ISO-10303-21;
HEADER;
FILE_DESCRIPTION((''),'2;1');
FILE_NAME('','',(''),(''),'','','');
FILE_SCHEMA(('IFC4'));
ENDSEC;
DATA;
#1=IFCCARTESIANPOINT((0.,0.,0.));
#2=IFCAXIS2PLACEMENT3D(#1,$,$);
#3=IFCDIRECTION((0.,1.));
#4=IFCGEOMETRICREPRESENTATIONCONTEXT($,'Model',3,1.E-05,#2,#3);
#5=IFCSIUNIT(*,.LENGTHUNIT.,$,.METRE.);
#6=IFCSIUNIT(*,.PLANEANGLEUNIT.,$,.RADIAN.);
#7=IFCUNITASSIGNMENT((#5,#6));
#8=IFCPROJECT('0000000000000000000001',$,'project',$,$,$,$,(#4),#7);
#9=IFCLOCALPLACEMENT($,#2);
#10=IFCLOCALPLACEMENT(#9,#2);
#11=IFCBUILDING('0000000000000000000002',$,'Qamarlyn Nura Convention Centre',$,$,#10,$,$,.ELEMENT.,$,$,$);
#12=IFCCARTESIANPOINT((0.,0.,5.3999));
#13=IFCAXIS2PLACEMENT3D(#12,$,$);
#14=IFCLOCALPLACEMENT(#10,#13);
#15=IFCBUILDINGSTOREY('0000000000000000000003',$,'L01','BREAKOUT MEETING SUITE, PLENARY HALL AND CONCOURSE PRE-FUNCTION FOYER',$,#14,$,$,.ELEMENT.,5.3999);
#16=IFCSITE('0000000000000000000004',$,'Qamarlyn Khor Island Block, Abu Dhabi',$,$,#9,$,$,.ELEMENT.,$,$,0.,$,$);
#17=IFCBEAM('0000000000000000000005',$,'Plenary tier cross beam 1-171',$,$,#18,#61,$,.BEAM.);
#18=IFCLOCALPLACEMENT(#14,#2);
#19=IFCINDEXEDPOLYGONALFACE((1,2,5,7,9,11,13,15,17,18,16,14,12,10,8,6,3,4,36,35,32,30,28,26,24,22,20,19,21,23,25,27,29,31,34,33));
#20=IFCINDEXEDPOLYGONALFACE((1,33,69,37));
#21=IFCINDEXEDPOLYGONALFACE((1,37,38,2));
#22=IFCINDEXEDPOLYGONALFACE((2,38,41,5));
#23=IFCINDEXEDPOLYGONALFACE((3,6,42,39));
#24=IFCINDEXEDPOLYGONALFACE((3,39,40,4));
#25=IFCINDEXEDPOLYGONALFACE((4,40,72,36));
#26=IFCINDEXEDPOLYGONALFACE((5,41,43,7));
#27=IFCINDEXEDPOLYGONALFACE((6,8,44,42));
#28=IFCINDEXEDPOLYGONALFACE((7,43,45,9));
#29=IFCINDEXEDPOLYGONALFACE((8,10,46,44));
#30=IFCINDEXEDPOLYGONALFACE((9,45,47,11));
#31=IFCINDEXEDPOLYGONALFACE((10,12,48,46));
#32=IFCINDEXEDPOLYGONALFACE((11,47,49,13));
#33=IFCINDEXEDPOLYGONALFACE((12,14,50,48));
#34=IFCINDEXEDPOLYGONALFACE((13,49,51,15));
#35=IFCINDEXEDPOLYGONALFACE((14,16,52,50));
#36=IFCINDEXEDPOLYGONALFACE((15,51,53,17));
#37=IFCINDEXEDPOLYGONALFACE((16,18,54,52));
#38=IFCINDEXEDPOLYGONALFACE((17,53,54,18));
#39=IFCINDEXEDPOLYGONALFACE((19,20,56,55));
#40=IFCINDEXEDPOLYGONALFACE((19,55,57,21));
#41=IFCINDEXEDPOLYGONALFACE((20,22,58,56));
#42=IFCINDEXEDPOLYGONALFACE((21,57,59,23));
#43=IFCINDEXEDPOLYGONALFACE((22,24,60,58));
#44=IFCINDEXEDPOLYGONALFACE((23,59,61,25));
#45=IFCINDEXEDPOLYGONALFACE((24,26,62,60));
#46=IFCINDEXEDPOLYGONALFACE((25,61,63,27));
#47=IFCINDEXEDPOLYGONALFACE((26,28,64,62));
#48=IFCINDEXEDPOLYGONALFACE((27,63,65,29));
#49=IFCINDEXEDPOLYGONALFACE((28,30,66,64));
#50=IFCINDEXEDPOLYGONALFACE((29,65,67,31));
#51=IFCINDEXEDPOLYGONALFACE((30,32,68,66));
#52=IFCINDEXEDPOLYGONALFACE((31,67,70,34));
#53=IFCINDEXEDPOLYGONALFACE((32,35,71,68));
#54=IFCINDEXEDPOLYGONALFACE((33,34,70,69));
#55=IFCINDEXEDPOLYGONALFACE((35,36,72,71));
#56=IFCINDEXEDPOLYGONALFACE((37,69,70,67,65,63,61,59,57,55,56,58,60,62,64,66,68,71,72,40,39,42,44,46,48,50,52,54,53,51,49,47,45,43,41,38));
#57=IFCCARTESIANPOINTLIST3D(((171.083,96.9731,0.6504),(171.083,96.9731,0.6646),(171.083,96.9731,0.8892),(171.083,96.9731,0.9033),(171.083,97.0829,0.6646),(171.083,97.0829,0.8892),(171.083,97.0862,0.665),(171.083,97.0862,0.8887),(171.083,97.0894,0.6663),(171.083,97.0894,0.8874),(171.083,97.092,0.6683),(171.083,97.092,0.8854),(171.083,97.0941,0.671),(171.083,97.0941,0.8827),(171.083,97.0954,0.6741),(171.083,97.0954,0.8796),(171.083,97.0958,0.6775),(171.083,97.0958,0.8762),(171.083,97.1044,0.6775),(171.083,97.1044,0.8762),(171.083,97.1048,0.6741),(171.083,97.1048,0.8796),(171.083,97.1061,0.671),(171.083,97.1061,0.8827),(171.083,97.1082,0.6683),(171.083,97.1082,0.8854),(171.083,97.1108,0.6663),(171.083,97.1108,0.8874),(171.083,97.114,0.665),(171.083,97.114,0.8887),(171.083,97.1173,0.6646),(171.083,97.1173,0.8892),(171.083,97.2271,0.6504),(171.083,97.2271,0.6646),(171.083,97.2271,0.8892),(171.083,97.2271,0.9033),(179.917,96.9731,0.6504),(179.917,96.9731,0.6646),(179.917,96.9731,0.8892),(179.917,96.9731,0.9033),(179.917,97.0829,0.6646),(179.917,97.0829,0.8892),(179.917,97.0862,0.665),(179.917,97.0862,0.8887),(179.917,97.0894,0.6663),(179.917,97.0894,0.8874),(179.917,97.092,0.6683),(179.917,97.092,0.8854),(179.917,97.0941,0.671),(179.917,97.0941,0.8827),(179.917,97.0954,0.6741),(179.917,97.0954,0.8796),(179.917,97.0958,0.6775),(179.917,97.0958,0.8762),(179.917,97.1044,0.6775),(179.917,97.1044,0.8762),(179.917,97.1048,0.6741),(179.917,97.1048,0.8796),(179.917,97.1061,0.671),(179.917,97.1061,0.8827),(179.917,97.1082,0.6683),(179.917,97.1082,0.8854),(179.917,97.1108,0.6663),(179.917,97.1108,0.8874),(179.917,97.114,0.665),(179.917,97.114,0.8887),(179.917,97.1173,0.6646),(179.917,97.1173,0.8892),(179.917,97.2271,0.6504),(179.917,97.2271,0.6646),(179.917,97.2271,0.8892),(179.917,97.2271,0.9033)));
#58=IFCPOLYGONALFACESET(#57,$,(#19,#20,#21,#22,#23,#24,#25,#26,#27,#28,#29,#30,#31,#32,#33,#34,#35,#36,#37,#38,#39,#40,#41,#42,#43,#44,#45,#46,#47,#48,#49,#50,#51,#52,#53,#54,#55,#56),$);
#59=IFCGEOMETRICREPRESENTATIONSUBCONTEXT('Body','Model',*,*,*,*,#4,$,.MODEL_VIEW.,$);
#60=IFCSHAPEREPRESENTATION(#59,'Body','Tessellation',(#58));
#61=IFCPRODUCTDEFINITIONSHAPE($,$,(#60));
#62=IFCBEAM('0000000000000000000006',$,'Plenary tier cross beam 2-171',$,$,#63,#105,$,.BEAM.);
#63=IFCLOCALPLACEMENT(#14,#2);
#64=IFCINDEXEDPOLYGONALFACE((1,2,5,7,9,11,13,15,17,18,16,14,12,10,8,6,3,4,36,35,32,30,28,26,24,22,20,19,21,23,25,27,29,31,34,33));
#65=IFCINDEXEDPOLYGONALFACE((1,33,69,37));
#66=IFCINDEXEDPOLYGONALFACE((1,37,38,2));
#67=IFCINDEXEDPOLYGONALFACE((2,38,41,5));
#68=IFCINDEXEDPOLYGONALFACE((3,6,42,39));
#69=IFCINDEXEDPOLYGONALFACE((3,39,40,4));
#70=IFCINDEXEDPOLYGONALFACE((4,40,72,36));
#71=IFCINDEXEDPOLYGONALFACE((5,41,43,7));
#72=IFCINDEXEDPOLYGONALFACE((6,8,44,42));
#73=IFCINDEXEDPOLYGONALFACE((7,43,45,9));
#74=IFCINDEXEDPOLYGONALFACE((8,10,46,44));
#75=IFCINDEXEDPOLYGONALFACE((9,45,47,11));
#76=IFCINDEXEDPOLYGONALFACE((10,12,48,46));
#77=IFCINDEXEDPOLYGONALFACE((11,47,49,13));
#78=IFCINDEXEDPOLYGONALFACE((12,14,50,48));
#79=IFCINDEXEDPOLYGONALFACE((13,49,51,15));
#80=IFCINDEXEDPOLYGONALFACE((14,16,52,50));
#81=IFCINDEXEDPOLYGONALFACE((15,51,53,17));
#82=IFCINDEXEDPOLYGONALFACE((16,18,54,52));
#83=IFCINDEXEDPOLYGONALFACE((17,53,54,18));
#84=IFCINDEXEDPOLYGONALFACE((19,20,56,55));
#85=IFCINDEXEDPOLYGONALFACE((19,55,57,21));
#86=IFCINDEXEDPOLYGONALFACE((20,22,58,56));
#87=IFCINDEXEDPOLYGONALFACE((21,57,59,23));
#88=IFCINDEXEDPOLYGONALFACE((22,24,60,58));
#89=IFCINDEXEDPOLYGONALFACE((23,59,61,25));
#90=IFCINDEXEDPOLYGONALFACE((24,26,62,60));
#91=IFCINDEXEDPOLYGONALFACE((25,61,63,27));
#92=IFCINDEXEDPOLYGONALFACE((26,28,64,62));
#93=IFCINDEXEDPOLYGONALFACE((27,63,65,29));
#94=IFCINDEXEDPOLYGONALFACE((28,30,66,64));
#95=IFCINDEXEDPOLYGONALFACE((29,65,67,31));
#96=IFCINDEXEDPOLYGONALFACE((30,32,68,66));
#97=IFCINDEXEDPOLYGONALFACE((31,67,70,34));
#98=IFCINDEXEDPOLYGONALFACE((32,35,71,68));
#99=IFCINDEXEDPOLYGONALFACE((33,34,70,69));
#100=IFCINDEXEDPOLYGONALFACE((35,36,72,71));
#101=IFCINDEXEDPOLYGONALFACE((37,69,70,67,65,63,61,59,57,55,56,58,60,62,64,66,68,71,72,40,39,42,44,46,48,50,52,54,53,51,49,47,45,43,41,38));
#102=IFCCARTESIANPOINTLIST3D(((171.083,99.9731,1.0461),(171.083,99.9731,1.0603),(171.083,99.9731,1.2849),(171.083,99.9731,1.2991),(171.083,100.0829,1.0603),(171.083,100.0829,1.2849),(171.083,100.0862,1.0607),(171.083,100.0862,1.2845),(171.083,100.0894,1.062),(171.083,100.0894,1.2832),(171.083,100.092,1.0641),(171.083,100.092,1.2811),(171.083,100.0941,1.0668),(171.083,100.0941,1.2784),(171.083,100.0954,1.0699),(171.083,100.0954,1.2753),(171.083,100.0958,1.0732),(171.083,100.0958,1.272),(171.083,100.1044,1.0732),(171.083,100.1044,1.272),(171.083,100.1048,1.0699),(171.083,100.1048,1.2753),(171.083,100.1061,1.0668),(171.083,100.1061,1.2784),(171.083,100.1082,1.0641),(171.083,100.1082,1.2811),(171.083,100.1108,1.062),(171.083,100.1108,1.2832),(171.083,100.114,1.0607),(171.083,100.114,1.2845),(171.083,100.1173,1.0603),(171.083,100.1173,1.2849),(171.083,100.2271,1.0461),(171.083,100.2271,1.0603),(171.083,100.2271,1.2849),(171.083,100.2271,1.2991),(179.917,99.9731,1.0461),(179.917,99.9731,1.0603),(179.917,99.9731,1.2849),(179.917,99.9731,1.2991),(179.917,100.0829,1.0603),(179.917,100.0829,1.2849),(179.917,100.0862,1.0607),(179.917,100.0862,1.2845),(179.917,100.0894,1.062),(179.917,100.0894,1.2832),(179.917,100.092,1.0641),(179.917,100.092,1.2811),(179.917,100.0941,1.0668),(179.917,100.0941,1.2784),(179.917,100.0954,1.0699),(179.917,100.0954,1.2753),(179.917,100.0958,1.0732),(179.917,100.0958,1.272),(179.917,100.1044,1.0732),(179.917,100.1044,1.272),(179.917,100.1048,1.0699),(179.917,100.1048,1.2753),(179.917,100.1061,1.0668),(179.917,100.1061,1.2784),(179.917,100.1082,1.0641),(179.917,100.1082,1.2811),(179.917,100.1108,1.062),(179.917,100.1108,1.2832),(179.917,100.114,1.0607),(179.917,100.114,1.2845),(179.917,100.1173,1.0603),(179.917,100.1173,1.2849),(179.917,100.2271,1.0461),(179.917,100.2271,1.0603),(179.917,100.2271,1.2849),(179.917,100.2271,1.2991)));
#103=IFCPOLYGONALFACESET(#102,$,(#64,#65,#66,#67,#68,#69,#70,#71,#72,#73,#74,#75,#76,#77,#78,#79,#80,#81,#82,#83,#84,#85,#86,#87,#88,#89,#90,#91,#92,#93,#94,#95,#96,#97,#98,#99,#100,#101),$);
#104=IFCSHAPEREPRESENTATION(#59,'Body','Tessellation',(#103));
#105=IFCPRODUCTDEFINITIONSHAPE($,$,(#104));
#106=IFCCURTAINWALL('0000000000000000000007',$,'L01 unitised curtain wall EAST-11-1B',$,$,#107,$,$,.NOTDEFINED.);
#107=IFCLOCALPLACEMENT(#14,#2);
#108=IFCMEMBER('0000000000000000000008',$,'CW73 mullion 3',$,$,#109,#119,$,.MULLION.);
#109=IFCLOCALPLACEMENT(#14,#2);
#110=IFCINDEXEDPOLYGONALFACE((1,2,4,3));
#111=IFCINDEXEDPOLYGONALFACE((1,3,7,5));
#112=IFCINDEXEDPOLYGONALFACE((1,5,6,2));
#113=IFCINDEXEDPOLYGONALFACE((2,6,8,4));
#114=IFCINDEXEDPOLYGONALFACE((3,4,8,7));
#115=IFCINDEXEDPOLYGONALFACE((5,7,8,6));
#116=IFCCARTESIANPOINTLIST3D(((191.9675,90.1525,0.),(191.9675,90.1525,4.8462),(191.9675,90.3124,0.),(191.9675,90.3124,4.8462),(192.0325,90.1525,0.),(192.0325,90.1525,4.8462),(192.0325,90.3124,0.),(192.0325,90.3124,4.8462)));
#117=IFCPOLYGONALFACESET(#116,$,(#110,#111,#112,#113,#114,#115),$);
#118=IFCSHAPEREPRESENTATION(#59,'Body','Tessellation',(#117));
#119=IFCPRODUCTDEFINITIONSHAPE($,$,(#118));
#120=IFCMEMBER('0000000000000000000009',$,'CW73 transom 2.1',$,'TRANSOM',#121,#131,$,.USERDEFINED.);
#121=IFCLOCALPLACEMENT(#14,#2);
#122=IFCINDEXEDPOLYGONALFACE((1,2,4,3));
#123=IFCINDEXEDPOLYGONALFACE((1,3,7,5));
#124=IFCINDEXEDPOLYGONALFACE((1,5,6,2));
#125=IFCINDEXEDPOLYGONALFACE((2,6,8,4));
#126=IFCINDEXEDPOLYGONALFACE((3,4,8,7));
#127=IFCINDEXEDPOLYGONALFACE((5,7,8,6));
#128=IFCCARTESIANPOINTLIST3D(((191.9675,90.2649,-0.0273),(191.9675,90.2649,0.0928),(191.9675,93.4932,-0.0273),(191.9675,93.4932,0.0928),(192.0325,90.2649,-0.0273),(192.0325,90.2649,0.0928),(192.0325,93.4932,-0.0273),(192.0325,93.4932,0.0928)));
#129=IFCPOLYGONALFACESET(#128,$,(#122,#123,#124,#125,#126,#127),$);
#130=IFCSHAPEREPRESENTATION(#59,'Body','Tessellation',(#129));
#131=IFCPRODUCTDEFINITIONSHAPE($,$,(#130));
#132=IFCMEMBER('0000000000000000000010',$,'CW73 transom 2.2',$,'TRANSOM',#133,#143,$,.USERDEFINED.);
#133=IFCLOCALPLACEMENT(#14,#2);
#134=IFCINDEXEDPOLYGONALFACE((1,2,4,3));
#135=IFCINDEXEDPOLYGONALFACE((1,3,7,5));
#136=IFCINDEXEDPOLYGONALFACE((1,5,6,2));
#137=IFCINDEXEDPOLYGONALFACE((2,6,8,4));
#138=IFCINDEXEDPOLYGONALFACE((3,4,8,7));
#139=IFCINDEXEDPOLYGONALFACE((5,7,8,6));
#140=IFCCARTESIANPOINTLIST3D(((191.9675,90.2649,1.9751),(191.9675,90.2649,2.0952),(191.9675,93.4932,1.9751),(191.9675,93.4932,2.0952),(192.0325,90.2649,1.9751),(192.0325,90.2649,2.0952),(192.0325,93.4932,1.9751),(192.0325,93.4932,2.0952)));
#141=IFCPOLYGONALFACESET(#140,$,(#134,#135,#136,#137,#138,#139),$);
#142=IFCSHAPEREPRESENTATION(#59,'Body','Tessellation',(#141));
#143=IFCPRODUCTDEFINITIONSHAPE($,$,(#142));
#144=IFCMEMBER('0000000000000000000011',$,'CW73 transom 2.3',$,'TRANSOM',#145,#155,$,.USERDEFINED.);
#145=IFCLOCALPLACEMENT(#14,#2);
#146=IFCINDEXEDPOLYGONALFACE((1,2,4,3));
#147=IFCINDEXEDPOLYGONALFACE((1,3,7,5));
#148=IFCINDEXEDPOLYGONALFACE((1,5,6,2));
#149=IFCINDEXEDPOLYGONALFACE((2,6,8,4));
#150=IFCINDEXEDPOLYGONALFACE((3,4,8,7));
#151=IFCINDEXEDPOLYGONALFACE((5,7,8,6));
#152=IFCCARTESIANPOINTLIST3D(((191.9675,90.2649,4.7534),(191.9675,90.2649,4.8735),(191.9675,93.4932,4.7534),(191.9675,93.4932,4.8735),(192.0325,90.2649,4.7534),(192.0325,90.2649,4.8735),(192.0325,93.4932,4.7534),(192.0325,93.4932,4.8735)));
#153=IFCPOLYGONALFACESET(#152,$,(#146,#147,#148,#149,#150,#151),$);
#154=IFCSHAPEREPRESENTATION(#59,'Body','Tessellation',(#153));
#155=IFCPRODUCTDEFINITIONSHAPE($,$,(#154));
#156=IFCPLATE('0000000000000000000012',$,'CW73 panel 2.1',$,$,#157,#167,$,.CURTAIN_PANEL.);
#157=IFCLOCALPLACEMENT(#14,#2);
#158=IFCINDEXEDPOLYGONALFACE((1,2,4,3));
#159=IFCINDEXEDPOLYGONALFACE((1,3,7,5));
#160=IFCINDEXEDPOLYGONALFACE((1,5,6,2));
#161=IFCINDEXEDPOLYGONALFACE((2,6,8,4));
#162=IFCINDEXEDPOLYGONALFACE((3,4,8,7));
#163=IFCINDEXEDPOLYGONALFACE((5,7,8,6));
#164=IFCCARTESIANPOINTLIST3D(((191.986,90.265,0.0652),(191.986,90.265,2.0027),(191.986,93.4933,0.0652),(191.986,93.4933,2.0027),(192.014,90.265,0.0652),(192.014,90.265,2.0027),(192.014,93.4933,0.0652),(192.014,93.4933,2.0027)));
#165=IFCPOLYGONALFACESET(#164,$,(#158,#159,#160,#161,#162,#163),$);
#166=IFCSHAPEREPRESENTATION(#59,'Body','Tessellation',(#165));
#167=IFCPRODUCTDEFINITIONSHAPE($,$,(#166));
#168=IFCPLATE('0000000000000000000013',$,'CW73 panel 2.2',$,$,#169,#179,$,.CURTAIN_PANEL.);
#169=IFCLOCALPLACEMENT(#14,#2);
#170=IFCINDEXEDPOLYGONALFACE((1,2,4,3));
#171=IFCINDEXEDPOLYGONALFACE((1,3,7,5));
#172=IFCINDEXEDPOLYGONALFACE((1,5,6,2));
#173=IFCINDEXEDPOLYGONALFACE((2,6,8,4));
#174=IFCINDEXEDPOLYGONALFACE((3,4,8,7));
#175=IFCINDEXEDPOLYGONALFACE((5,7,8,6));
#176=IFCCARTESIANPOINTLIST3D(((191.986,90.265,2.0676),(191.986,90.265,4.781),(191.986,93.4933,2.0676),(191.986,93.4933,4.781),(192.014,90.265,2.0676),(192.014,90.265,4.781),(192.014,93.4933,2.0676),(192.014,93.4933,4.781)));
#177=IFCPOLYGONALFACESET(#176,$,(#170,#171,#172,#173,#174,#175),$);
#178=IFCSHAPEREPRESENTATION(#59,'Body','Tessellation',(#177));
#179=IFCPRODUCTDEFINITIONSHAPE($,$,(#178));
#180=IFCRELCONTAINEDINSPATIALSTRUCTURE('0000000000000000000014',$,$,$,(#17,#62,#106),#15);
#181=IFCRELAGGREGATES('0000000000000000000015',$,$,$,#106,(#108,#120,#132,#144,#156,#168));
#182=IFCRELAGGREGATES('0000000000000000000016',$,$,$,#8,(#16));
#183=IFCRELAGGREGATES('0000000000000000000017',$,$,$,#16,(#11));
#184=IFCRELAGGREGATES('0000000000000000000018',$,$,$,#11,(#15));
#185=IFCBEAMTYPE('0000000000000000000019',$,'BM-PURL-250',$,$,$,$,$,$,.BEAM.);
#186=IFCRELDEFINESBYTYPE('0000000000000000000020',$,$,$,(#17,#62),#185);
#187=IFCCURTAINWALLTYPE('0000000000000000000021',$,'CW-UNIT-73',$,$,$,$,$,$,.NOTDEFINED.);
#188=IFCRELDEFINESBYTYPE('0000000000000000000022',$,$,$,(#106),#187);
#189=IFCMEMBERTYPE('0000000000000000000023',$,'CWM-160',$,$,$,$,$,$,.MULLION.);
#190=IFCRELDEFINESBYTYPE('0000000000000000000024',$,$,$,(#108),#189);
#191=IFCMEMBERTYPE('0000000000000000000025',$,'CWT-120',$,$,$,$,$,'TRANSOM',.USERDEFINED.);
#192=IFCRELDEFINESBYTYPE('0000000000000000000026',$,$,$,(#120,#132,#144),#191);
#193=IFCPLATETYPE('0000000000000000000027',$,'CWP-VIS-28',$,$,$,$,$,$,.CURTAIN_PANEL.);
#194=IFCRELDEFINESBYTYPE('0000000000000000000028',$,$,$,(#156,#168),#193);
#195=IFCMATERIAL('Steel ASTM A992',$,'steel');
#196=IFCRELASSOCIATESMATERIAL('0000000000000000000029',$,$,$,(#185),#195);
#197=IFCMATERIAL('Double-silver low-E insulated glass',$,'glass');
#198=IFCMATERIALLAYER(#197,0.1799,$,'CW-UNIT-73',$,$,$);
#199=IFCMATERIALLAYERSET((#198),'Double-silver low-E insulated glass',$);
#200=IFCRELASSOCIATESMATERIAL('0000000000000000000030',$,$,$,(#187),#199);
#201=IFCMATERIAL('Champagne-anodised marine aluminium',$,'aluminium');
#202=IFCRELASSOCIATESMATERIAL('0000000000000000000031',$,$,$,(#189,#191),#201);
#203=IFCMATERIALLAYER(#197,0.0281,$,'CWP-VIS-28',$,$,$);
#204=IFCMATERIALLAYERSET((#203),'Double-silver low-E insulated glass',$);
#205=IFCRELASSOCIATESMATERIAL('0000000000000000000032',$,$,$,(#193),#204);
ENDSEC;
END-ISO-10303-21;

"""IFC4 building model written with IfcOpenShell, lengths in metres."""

from ifc_helpers import new_model, si_unit, direction, frame, origin, origin_2d, place, context, subcontext, project, spatial, rectangle, i_section, extrude, material, layer, layer_set, material_profile, profile_set, type_object, element, aggregate, save


model = new_model("IFC4")

# Units and contexts
model_context = context("Model", 3, precision=1e-05, world=origin(), true_north=direction((0.0, 1.0)))
body_context = subcontext(model_context, "Body", "Model", "MODEL_VIEW")
ifc_project = project(units=[si_unit("LENGTHUNIT", "METRE"), si_unit("PLANEANGLEUNIT", "RADIAN")], contexts=[model_context])

# Site, building, storey
site_placement = place(None, origin())
site = spatial("IfcSite", under=ifc_project, at=site_placement, Name="Qamarlyn Khor Island Block, Abu Dhabi", CompositionType="ELEMENT", RefElevation=0.0)
building_placement = place(site_placement, origin())
building = spatial("IfcBuilding", under=site, at=building_placement, Name="Qamarlyn Nura Convention Centre", CompositionType="ELEMENT")
storey_placement = place(building_placement, frame((0.0, 0.0, 5.3999)))
storey = spatial("IfcBuildingStorey", under=building, at=storey_placement, Name="L01", Description="BREAKOUT MEETING SUITE, PLENARY HALL AND CONCOURSE PRE-FUNCTION FOYER", CompositionType="ELEMENT", Elevation=5.3999)

# Beams
ifc_material_1 = material(Name="Steel ASTM A992", Category="steel")
ifc_material_profile_1 = material_profile(ifc_material_1, i_section(OverallWidth=0.2539, OverallDepth=0.2529, WebThickness=0.0085, FlangeThickness=0.0142, FilletRadius=0.0129, at=origin_2d()), Name="W250X73")
ifc_profile_set_1 = profile_set([ifc_material_profile_1], Name="Steel ASTM A992")
beam_type = type_object("IfcBeamType", Name="BM-PURL-250", PredefinedType="BEAM", material=ifc_profile_set_1)
for number, where, z_axis, x_axis, name in (
    (1, (171.083, 97.1001, 0.7769), (1.0, 0.0, 0.0), (0.0, 1.0, 0.0), "Plenary tier cross beam 1-171"),
    (2, (171.083, 100.1001, 1.1726), (1.0, 0.0, 0.0), (0.0, 1.0, 0.0), "Plenary tier cross beam 2-171"),
):
    element("IfcBeam", number, at=place(storey_placement, frame(where, z_axis=z_axis, x_axis=x_axis)), inside=storey, type_object=beam_type, Name=name, PredefinedType="BEAM", context=body_context, shape_type="SweptSolid", body=[
        extrude(i_section(OverallWidth=0.2539, OverallDepth=0.2529, WebThickness=0.0085, FlangeThickness=0.0142, FilletRadius=0.0129, at=origin_2d()), origin(), (0.0, 0.0, 1.0), 8.834),
    ])

# Curtain wall, members, plates
ifc_material_2 = material(Name="Double-silver low-E insulated glass", Category="glass")
ifc_layer_1 = layer(ifc_material_2, 0.1799, Name="CW-UNIT-73")
ifc_layer_set_1 = layer_set([ifc_layer_1], Name="Double-silver low-E insulated glass")
curtain_wall_type = type_object("IfcCurtainWallType", Name="CW-UNIT-73", PredefinedType="NOTDEFINED", material=ifc_layer_set_1)
curtain_wall_placement = place(storey_placement, origin())
curtain_wall = element("IfcCurtainWall", 3, at=curtain_wall_placement, inside=storey, type_object=curtain_wall_type, Name="L01 unitised curtain wall EAST-11-1B", PredefinedType="NOTDEFINED")
ifc_material_3 = material(Name="Champagne-anodised marine aluminium", Category="aluminium")
ifc_material_profile_2 = material_profile(ifc_material_3, rectangle(XDim=0.0649, YDim=0.1599, at=origin_2d()), Name="ALU MULLION 65x160")
ifc_profile_set_2 = profile_set([ifc_material_profile_2], Name="Champagne-anodised marine aluminium")
member_type_1 = type_object("IfcMemberType", Name="CWM-160", PredefinedType="MULLION", material=ifc_profile_set_2)
member_1_placement = place(storey_placement, frame((192.0, 90.2324, 0.0), z_axis=(0.0, 0.0, 1.0), x_axis=(1.0, 0.0, 0.0)))
member_1 = element("IfcMember", 4, at=member_1_placement, type_object=member_type_1, Name="CW73 mullion 3", PredefinedType="MULLION", context=body_context, shape_type="SweptSolid", body=[
    extrude(rectangle(XDim=0.0649, YDim=0.1599, at=origin_2d()), origin(), (0.0, 0.0, 1.0), 4.8462),
])
ifc_material_profile_3 = material_profile(ifc_material_3, rectangle(XDim=0.0649, YDim=0.1201, at=origin_2d()), Name="ALU TRANSOM 65x120")
ifc_profile_set_3 = profile_set([ifc_material_profile_3], Name="Champagne-anodised marine aluminium")
member_type_2 = type_object("IfcMemberType", Name="CWT-120", ElementType="TRANSOM", PredefinedType="USERDEFINED", material=ifc_profile_set_3)
member_2_placement = place(storey_placement, frame((192.0, 93.4932, 0.0327), z_axis=(0.0, -1.0, 0.0), x_axis=(1.0, 0.0, 0.0)))
member_2 = element("IfcMember", 5, at=member_2_placement, type_object=member_type_2, Name="CW73 transom 2.1", ObjectType="TRANSOM", PredefinedType="USERDEFINED", context=body_context, shape_type="SweptSolid", body=[
    extrude(rectangle(XDim=0.0649, YDim=0.1201, at=origin_2d()), origin(), (0.0, 0.0, 1.0), 3.2283),
])
member_3_placement = place(storey_placement, frame((192.0, 93.4932, 2.0352), z_axis=(0.0, -1.0, 0.0), x_axis=(1.0, 0.0, 0.0)))
member_3 = element("IfcMember", 6, at=member_3_placement, type_object=member_type_2, Name="CW73 transom 2.2", ObjectType="TRANSOM", PredefinedType="USERDEFINED", context=body_context, shape_type="SweptSolid", body=[
    extrude(rectangle(XDim=0.0649, YDim=0.1201, at=origin_2d()), origin(), (0.0, 0.0, 1.0), 3.2283),
])
member_4_placement = place(storey_placement, frame((192.0, 93.4932, 4.8135), z_axis=(0.0, -1.0, 0.0), x_axis=(1.0, 0.0, 0.0)))
member_4 = element("IfcMember", 7, at=member_4_placement, type_object=member_type_2, Name="CW73 transom 2.3", ObjectType="TRANSOM", PredefinedType="USERDEFINED", context=body_context, shape_type="SweptSolid", body=[
    extrude(rectangle(XDim=0.0649, YDim=0.1201, at=origin_2d()), origin(), (0.0, 0.0, 1.0), 3.2283),
])
ifc_layer_2 = layer(ifc_material_2, 0.0281, Name="CWP-VIS-28")
ifc_layer_set_2 = layer_set([ifc_layer_2], Name="Double-silver low-E insulated glass")
plate_type = type_object("IfcPlateType", Name="CWP-VIS-28", PredefinedType="CURTAIN_PANEL", material=ifc_layer_set_2)
plate_1_placement = place(storey_placement, frame((192.0, 91.8792, 0.0652), z_axis=(0.0, 0.0, 1.0), x_axis=(0.0, -1.0, 0.0)))
plate_1 = element("IfcPlate", 8, at=plate_1_placement, type_object=plate_type, Name="CW73 panel 2.1", PredefinedType="CURTAIN_PANEL", context=body_context, shape_type="SweptSolid", body=[
    extrude(rectangle(XDim=3.2283, YDim=0.0281, at=origin_2d()), origin(), (0.0, 0.0, 1.0), 1.9375),
])
plate_2_placement = place(storey_placement, frame((192.0, 91.8792, 2.0676), z_axis=(0.0, 0.0, 1.0), x_axis=(0.0, -1.0, 0.0)))
plate_2 = element("IfcPlate", 9, at=plate_2_placement, type_object=plate_type, Name="CW73 panel 2.2", PredefinedType="CURTAIN_PANEL", context=body_context, shape_type="SweptSolid", body=[
    extrude(rectangle(XDim=3.2283, YDim=0.0281, at=origin_2d()), origin(), (0.0, 0.0, 1.0), 2.7134),
])
aggregate(curtain_wall, [member_1, member_2, member_3, member_4, plate_1, plate_2])

save(model, "model.ifc")
